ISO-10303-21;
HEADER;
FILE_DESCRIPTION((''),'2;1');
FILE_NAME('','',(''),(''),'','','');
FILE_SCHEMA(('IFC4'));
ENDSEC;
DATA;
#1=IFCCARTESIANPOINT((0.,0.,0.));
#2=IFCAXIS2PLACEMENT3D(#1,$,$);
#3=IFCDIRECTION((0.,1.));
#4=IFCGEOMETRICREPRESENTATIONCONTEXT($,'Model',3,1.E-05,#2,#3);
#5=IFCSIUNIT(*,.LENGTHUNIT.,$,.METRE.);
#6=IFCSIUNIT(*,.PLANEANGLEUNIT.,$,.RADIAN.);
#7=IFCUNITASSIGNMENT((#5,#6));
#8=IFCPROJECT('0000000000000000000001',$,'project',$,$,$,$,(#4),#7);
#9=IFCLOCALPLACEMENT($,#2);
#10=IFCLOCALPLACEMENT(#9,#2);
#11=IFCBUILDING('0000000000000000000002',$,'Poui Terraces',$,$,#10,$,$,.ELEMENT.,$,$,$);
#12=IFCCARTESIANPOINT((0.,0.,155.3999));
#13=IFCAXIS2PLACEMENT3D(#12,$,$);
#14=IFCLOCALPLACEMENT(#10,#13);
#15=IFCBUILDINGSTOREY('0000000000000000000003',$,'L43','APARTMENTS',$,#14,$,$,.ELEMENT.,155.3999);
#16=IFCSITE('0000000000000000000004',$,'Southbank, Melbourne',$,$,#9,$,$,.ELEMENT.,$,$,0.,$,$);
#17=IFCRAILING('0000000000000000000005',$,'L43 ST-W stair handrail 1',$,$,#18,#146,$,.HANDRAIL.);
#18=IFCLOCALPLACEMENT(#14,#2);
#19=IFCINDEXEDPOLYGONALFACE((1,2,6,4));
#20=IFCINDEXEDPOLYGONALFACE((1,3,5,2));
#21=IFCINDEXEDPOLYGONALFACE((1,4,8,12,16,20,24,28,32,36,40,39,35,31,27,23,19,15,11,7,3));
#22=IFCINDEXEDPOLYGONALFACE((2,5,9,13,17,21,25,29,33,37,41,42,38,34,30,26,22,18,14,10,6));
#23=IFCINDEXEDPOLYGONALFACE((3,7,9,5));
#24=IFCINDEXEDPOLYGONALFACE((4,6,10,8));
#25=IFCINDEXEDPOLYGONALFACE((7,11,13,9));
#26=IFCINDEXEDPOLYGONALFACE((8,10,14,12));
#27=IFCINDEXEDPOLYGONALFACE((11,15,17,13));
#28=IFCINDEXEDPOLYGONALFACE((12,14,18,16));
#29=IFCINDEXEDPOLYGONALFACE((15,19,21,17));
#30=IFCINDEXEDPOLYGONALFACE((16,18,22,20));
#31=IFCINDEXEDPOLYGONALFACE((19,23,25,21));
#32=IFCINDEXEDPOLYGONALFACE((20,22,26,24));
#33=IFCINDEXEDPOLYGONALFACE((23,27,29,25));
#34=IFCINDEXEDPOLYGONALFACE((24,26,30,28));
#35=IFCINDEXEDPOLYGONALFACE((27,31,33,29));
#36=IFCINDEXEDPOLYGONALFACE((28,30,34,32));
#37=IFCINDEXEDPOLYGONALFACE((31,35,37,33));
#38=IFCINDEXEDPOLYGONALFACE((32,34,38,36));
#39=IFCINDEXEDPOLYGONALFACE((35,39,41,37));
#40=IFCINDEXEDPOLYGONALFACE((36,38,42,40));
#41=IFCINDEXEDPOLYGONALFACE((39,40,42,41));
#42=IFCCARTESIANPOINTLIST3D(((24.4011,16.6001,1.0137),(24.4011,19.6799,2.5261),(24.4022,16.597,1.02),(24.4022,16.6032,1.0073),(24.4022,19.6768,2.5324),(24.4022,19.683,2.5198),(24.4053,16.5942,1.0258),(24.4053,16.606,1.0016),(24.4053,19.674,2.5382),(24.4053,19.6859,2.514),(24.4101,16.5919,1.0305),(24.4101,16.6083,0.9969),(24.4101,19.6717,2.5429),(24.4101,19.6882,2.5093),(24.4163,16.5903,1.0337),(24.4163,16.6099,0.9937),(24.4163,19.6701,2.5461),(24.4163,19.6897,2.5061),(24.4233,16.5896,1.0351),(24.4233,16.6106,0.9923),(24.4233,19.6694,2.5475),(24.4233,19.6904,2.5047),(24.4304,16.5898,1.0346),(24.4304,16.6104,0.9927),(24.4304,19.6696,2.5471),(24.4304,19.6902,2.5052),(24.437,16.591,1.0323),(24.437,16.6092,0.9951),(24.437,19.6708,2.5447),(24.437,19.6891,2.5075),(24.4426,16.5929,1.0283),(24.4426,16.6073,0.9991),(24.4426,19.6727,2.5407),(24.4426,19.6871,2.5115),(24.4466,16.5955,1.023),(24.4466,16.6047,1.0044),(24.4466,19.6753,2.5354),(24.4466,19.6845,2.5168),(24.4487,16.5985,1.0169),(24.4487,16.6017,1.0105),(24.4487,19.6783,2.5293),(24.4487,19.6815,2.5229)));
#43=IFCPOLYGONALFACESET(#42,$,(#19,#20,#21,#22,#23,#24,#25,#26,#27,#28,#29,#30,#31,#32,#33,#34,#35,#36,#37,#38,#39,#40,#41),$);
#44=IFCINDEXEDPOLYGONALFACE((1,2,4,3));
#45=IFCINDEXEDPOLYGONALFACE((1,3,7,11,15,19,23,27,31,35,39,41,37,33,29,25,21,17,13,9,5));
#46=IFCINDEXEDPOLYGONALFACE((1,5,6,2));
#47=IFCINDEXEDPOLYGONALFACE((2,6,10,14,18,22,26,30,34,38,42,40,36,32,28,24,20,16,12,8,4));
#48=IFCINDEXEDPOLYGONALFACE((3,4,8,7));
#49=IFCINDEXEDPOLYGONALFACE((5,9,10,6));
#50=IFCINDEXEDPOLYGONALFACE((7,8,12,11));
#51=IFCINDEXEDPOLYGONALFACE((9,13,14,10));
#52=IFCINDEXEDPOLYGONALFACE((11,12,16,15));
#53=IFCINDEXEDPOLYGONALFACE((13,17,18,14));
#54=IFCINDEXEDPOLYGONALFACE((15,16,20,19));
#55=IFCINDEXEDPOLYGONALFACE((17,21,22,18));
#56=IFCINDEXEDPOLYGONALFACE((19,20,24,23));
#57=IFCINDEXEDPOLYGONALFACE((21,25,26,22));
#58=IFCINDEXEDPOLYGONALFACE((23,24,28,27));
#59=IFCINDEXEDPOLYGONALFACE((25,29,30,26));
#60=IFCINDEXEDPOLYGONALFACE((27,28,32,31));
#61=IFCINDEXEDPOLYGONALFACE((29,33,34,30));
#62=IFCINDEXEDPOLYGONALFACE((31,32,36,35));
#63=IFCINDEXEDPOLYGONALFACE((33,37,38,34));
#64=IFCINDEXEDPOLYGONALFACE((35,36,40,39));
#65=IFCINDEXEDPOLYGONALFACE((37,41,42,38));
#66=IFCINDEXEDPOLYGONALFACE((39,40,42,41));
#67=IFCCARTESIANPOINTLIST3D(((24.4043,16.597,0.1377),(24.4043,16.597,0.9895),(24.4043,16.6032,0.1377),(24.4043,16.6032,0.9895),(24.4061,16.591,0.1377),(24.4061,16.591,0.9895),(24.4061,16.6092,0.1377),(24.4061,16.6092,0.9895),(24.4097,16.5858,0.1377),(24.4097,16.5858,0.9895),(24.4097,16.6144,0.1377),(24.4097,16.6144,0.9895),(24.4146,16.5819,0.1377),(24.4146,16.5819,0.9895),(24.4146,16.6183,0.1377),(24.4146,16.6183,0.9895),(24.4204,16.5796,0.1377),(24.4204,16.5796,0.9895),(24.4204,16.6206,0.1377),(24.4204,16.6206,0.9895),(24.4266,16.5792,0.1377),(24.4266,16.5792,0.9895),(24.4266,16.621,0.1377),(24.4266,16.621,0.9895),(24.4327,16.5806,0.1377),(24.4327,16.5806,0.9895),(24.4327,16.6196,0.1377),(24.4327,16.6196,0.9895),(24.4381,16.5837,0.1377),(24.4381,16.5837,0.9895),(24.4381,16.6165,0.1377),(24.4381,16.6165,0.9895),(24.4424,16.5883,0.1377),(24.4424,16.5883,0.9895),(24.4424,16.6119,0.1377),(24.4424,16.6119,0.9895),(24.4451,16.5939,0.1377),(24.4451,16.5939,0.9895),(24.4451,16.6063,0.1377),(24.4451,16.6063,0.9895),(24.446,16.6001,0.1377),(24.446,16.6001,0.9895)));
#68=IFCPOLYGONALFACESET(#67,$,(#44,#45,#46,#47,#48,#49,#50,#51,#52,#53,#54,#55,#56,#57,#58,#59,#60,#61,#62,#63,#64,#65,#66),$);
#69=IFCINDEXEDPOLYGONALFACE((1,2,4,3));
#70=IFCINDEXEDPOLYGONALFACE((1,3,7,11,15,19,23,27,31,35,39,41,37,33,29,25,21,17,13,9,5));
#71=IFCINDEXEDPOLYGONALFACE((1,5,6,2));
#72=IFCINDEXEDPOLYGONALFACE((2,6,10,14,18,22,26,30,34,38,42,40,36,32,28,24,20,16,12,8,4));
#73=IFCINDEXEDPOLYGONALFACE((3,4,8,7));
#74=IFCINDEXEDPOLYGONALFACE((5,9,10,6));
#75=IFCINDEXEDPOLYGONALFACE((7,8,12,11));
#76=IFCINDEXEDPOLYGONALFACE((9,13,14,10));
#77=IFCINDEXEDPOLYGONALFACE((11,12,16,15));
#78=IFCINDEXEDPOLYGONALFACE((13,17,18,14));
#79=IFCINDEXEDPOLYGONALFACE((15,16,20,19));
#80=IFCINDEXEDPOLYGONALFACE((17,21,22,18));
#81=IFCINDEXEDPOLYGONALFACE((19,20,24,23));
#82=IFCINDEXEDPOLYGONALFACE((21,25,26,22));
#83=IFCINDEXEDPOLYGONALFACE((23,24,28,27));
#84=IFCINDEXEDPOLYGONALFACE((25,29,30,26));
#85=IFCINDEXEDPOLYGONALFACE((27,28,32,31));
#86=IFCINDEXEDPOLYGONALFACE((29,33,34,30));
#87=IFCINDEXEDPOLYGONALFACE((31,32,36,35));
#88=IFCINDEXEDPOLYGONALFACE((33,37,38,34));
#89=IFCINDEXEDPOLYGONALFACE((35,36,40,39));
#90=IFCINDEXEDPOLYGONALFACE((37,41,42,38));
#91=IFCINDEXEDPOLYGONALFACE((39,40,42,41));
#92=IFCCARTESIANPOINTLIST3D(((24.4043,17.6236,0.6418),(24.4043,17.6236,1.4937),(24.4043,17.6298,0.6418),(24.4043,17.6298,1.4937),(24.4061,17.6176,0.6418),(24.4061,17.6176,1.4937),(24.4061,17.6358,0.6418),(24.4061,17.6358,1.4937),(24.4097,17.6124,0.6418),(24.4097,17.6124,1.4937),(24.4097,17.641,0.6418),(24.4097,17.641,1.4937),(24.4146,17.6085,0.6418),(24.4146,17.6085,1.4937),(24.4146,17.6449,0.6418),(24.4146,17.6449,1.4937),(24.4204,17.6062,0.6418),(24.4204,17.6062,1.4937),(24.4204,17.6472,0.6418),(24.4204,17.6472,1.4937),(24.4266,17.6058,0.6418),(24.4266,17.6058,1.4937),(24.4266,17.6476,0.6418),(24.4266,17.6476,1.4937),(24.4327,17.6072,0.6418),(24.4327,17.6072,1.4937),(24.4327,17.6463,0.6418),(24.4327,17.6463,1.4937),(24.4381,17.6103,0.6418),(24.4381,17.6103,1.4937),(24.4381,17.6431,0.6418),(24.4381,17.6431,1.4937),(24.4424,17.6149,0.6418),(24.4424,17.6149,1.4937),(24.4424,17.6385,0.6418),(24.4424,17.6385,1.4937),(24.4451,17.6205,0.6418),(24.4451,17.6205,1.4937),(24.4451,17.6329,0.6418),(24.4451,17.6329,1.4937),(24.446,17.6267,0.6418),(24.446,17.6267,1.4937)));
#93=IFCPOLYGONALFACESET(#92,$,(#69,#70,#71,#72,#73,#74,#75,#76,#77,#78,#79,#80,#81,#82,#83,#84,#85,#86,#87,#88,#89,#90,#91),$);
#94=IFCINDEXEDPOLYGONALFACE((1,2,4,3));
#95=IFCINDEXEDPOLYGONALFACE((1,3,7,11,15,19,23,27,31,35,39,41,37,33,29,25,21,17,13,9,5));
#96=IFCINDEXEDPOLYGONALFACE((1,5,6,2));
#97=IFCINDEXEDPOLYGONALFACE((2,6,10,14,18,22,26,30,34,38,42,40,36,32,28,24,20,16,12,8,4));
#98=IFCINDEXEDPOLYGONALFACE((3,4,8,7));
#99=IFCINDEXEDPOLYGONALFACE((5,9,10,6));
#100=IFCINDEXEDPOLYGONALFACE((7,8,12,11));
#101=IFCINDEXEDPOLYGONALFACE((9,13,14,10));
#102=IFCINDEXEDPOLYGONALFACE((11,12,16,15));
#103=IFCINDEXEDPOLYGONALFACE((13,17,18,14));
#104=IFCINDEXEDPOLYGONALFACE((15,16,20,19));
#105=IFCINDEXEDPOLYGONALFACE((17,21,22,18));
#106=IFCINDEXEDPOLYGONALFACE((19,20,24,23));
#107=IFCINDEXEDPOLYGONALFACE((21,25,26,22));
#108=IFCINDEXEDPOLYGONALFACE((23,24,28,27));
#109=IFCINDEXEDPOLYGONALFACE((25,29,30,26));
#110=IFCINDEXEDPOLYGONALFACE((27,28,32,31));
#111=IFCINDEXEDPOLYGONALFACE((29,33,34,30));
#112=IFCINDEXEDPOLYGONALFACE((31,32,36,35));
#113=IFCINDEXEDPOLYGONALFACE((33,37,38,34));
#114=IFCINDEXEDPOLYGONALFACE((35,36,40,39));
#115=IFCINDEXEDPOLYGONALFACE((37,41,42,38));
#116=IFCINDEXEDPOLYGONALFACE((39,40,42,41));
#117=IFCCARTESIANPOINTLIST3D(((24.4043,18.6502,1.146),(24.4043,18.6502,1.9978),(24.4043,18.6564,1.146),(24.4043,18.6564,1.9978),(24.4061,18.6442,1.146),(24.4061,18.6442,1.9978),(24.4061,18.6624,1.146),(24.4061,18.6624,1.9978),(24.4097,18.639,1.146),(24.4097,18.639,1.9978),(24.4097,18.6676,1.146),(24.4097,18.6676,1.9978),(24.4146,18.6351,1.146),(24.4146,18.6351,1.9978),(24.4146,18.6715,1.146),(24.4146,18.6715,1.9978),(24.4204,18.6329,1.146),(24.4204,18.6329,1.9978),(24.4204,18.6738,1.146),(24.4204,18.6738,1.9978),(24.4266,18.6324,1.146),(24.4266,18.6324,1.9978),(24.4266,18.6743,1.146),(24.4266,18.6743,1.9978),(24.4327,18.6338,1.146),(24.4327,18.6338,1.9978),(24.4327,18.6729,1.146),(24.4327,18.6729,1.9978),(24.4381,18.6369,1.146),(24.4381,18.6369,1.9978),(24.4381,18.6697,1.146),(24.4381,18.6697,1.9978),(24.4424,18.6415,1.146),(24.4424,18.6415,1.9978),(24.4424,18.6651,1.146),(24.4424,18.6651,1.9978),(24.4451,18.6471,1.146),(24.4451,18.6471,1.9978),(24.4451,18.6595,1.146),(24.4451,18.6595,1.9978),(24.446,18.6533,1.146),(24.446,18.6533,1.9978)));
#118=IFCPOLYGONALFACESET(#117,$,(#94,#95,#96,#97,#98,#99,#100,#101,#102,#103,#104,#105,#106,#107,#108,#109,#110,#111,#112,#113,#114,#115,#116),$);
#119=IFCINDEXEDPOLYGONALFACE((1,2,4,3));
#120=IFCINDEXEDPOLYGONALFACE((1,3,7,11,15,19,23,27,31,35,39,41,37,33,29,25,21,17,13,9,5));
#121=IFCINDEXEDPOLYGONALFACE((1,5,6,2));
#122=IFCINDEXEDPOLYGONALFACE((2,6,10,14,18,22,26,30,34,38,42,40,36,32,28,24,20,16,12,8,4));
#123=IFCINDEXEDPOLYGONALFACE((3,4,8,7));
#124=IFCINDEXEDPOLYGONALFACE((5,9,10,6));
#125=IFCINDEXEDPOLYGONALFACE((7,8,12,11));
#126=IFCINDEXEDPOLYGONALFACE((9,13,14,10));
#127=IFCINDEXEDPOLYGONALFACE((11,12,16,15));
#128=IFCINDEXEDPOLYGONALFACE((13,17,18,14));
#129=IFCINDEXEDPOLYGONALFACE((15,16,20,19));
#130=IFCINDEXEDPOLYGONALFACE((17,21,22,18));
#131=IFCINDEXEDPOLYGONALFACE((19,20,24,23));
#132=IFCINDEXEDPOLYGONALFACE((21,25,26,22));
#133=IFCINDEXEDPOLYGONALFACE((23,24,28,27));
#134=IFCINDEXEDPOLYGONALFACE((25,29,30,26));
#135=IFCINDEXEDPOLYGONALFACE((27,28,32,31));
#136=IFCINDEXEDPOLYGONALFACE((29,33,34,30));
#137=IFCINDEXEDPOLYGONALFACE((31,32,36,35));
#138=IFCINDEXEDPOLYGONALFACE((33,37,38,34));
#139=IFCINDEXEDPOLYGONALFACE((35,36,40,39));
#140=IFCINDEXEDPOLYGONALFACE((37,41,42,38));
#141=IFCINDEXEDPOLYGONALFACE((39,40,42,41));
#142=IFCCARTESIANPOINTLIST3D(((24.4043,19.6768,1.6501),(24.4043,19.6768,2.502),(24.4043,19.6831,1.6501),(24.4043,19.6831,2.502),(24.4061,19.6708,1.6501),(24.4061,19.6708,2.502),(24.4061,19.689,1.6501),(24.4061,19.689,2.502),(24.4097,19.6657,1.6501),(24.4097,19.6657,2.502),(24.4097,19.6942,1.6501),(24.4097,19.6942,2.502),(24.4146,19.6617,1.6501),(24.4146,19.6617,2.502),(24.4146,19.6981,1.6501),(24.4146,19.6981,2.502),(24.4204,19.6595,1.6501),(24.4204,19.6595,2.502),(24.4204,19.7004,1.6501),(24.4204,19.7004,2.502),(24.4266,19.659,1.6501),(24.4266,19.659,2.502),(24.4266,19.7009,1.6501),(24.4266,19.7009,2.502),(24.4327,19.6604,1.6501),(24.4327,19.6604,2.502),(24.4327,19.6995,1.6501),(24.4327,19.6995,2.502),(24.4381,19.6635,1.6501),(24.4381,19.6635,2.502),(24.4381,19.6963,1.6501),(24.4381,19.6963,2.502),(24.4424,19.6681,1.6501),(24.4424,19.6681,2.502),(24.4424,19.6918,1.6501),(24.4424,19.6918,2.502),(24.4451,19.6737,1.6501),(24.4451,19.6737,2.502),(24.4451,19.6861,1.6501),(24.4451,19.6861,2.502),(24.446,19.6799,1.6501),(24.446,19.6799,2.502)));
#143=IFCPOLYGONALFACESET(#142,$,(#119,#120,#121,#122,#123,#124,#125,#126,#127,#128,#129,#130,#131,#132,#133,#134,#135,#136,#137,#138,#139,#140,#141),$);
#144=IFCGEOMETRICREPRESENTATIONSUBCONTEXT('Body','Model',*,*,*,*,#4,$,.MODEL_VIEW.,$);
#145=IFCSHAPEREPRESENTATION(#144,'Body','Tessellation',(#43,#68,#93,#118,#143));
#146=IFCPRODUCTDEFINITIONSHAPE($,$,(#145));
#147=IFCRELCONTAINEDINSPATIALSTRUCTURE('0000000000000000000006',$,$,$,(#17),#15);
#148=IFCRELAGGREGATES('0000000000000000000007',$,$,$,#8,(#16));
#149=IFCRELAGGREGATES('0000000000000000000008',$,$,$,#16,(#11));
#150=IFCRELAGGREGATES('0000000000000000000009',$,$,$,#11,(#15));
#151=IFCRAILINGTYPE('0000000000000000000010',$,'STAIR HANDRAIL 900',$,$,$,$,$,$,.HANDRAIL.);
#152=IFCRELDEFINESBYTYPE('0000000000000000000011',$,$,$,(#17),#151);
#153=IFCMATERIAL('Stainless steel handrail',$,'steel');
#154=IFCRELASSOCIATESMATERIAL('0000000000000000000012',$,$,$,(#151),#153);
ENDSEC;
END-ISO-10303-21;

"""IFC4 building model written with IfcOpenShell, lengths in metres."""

from ifc_helpers import new_model, si_unit, direction, frame, origin, origin_2d, place, context, subcontext, project, spatial, circle, extrude, material, type_object, element, save


model = new_model("IFC4")

# Units and contexts
model_context = context("Model", 3, precision=1e-05, world=origin(), true_north=direction((0.0, 1.0)))
body_context = subcontext(model_context, "Body", "Model", "MODEL_VIEW")
ifc_project = project(units=[si_unit("LENGTHUNIT", "METRE"), si_unit("PLANEANGLEUNIT", "RADIAN")], contexts=[model_context])

# Site, building, storey
site_placement = place(None, origin())
site = spatial("IfcSite", under=ifc_project, at=site_placement, Name="Southbank, Melbourne", CompositionType="ELEMENT", RefElevation=0.0)
building_placement = place(site_placement, origin())
building = spatial("IfcBuilding", under=site, at=building_placement, Name="Poui Terraces", CompositionType="ELEMENT")
storey_placement = place(building_placement, frame((0.0, 0.0, 155.3999)))
storey = spatial("IfcBuildingStorey", under=building, at=storey_placement, Name="L43", Description="APARTMENTS", CompositionType="ELEMENT", Elevation=155.3999)

# Railing
ifc_material_1 = material(Name="Stainless steel handrail", Category="steel")
railing_type_1 = type_object("IfcRailingType", Name="STAIR HANDRAIL 900", PredefinedType="HANDRAIL", material=ifc_material_1)
railing_1_placement = place(storey_placement, frame((24.425, 16.6001, 0.1377)))
element("IfcRailing", 1, at=railing_1_placement, inside=storey, type_object=railing_type_1, Name="L43 ST-W stair handrail 1", PredefinedType="HANDRAIL", context=body_context, shape_type="SweptSolid", body=[
    extrude(circle(Radius=0.0239, at=origin_2d()), frame((0.0, 0.0, 0.876), z_axis=(0.0, 0.897606, 0.440798), x_axis=(-1.0, 0.0, 0.0)), (0.0, 0.0, 1.0), 3.4312),
    extrude(circle(Radius=0.021, at=origin_2d()), origin(), (0.0, 0.0, 1.0), 0.8518),
    extrude(circle(Radius=0.021, at=origin_2d()), frame((0.0, 1.0266, 0.5042)), (0.0, 0.0, 1.0), 0.8518),
    extrude(circle(Radius=0.021, at=origin_2d()), frame((0.0, 2.0532, 1.0083)), (0.0, 0.0, 1.0), 0.8518),
    extrude(circle(Radius=0.021, at=origin_2d()), frame((0.0, 3.0798, 1.5125)), (0.0, 0.0, 1.0), 0.8518),
])

save(model, "model.ifc")
